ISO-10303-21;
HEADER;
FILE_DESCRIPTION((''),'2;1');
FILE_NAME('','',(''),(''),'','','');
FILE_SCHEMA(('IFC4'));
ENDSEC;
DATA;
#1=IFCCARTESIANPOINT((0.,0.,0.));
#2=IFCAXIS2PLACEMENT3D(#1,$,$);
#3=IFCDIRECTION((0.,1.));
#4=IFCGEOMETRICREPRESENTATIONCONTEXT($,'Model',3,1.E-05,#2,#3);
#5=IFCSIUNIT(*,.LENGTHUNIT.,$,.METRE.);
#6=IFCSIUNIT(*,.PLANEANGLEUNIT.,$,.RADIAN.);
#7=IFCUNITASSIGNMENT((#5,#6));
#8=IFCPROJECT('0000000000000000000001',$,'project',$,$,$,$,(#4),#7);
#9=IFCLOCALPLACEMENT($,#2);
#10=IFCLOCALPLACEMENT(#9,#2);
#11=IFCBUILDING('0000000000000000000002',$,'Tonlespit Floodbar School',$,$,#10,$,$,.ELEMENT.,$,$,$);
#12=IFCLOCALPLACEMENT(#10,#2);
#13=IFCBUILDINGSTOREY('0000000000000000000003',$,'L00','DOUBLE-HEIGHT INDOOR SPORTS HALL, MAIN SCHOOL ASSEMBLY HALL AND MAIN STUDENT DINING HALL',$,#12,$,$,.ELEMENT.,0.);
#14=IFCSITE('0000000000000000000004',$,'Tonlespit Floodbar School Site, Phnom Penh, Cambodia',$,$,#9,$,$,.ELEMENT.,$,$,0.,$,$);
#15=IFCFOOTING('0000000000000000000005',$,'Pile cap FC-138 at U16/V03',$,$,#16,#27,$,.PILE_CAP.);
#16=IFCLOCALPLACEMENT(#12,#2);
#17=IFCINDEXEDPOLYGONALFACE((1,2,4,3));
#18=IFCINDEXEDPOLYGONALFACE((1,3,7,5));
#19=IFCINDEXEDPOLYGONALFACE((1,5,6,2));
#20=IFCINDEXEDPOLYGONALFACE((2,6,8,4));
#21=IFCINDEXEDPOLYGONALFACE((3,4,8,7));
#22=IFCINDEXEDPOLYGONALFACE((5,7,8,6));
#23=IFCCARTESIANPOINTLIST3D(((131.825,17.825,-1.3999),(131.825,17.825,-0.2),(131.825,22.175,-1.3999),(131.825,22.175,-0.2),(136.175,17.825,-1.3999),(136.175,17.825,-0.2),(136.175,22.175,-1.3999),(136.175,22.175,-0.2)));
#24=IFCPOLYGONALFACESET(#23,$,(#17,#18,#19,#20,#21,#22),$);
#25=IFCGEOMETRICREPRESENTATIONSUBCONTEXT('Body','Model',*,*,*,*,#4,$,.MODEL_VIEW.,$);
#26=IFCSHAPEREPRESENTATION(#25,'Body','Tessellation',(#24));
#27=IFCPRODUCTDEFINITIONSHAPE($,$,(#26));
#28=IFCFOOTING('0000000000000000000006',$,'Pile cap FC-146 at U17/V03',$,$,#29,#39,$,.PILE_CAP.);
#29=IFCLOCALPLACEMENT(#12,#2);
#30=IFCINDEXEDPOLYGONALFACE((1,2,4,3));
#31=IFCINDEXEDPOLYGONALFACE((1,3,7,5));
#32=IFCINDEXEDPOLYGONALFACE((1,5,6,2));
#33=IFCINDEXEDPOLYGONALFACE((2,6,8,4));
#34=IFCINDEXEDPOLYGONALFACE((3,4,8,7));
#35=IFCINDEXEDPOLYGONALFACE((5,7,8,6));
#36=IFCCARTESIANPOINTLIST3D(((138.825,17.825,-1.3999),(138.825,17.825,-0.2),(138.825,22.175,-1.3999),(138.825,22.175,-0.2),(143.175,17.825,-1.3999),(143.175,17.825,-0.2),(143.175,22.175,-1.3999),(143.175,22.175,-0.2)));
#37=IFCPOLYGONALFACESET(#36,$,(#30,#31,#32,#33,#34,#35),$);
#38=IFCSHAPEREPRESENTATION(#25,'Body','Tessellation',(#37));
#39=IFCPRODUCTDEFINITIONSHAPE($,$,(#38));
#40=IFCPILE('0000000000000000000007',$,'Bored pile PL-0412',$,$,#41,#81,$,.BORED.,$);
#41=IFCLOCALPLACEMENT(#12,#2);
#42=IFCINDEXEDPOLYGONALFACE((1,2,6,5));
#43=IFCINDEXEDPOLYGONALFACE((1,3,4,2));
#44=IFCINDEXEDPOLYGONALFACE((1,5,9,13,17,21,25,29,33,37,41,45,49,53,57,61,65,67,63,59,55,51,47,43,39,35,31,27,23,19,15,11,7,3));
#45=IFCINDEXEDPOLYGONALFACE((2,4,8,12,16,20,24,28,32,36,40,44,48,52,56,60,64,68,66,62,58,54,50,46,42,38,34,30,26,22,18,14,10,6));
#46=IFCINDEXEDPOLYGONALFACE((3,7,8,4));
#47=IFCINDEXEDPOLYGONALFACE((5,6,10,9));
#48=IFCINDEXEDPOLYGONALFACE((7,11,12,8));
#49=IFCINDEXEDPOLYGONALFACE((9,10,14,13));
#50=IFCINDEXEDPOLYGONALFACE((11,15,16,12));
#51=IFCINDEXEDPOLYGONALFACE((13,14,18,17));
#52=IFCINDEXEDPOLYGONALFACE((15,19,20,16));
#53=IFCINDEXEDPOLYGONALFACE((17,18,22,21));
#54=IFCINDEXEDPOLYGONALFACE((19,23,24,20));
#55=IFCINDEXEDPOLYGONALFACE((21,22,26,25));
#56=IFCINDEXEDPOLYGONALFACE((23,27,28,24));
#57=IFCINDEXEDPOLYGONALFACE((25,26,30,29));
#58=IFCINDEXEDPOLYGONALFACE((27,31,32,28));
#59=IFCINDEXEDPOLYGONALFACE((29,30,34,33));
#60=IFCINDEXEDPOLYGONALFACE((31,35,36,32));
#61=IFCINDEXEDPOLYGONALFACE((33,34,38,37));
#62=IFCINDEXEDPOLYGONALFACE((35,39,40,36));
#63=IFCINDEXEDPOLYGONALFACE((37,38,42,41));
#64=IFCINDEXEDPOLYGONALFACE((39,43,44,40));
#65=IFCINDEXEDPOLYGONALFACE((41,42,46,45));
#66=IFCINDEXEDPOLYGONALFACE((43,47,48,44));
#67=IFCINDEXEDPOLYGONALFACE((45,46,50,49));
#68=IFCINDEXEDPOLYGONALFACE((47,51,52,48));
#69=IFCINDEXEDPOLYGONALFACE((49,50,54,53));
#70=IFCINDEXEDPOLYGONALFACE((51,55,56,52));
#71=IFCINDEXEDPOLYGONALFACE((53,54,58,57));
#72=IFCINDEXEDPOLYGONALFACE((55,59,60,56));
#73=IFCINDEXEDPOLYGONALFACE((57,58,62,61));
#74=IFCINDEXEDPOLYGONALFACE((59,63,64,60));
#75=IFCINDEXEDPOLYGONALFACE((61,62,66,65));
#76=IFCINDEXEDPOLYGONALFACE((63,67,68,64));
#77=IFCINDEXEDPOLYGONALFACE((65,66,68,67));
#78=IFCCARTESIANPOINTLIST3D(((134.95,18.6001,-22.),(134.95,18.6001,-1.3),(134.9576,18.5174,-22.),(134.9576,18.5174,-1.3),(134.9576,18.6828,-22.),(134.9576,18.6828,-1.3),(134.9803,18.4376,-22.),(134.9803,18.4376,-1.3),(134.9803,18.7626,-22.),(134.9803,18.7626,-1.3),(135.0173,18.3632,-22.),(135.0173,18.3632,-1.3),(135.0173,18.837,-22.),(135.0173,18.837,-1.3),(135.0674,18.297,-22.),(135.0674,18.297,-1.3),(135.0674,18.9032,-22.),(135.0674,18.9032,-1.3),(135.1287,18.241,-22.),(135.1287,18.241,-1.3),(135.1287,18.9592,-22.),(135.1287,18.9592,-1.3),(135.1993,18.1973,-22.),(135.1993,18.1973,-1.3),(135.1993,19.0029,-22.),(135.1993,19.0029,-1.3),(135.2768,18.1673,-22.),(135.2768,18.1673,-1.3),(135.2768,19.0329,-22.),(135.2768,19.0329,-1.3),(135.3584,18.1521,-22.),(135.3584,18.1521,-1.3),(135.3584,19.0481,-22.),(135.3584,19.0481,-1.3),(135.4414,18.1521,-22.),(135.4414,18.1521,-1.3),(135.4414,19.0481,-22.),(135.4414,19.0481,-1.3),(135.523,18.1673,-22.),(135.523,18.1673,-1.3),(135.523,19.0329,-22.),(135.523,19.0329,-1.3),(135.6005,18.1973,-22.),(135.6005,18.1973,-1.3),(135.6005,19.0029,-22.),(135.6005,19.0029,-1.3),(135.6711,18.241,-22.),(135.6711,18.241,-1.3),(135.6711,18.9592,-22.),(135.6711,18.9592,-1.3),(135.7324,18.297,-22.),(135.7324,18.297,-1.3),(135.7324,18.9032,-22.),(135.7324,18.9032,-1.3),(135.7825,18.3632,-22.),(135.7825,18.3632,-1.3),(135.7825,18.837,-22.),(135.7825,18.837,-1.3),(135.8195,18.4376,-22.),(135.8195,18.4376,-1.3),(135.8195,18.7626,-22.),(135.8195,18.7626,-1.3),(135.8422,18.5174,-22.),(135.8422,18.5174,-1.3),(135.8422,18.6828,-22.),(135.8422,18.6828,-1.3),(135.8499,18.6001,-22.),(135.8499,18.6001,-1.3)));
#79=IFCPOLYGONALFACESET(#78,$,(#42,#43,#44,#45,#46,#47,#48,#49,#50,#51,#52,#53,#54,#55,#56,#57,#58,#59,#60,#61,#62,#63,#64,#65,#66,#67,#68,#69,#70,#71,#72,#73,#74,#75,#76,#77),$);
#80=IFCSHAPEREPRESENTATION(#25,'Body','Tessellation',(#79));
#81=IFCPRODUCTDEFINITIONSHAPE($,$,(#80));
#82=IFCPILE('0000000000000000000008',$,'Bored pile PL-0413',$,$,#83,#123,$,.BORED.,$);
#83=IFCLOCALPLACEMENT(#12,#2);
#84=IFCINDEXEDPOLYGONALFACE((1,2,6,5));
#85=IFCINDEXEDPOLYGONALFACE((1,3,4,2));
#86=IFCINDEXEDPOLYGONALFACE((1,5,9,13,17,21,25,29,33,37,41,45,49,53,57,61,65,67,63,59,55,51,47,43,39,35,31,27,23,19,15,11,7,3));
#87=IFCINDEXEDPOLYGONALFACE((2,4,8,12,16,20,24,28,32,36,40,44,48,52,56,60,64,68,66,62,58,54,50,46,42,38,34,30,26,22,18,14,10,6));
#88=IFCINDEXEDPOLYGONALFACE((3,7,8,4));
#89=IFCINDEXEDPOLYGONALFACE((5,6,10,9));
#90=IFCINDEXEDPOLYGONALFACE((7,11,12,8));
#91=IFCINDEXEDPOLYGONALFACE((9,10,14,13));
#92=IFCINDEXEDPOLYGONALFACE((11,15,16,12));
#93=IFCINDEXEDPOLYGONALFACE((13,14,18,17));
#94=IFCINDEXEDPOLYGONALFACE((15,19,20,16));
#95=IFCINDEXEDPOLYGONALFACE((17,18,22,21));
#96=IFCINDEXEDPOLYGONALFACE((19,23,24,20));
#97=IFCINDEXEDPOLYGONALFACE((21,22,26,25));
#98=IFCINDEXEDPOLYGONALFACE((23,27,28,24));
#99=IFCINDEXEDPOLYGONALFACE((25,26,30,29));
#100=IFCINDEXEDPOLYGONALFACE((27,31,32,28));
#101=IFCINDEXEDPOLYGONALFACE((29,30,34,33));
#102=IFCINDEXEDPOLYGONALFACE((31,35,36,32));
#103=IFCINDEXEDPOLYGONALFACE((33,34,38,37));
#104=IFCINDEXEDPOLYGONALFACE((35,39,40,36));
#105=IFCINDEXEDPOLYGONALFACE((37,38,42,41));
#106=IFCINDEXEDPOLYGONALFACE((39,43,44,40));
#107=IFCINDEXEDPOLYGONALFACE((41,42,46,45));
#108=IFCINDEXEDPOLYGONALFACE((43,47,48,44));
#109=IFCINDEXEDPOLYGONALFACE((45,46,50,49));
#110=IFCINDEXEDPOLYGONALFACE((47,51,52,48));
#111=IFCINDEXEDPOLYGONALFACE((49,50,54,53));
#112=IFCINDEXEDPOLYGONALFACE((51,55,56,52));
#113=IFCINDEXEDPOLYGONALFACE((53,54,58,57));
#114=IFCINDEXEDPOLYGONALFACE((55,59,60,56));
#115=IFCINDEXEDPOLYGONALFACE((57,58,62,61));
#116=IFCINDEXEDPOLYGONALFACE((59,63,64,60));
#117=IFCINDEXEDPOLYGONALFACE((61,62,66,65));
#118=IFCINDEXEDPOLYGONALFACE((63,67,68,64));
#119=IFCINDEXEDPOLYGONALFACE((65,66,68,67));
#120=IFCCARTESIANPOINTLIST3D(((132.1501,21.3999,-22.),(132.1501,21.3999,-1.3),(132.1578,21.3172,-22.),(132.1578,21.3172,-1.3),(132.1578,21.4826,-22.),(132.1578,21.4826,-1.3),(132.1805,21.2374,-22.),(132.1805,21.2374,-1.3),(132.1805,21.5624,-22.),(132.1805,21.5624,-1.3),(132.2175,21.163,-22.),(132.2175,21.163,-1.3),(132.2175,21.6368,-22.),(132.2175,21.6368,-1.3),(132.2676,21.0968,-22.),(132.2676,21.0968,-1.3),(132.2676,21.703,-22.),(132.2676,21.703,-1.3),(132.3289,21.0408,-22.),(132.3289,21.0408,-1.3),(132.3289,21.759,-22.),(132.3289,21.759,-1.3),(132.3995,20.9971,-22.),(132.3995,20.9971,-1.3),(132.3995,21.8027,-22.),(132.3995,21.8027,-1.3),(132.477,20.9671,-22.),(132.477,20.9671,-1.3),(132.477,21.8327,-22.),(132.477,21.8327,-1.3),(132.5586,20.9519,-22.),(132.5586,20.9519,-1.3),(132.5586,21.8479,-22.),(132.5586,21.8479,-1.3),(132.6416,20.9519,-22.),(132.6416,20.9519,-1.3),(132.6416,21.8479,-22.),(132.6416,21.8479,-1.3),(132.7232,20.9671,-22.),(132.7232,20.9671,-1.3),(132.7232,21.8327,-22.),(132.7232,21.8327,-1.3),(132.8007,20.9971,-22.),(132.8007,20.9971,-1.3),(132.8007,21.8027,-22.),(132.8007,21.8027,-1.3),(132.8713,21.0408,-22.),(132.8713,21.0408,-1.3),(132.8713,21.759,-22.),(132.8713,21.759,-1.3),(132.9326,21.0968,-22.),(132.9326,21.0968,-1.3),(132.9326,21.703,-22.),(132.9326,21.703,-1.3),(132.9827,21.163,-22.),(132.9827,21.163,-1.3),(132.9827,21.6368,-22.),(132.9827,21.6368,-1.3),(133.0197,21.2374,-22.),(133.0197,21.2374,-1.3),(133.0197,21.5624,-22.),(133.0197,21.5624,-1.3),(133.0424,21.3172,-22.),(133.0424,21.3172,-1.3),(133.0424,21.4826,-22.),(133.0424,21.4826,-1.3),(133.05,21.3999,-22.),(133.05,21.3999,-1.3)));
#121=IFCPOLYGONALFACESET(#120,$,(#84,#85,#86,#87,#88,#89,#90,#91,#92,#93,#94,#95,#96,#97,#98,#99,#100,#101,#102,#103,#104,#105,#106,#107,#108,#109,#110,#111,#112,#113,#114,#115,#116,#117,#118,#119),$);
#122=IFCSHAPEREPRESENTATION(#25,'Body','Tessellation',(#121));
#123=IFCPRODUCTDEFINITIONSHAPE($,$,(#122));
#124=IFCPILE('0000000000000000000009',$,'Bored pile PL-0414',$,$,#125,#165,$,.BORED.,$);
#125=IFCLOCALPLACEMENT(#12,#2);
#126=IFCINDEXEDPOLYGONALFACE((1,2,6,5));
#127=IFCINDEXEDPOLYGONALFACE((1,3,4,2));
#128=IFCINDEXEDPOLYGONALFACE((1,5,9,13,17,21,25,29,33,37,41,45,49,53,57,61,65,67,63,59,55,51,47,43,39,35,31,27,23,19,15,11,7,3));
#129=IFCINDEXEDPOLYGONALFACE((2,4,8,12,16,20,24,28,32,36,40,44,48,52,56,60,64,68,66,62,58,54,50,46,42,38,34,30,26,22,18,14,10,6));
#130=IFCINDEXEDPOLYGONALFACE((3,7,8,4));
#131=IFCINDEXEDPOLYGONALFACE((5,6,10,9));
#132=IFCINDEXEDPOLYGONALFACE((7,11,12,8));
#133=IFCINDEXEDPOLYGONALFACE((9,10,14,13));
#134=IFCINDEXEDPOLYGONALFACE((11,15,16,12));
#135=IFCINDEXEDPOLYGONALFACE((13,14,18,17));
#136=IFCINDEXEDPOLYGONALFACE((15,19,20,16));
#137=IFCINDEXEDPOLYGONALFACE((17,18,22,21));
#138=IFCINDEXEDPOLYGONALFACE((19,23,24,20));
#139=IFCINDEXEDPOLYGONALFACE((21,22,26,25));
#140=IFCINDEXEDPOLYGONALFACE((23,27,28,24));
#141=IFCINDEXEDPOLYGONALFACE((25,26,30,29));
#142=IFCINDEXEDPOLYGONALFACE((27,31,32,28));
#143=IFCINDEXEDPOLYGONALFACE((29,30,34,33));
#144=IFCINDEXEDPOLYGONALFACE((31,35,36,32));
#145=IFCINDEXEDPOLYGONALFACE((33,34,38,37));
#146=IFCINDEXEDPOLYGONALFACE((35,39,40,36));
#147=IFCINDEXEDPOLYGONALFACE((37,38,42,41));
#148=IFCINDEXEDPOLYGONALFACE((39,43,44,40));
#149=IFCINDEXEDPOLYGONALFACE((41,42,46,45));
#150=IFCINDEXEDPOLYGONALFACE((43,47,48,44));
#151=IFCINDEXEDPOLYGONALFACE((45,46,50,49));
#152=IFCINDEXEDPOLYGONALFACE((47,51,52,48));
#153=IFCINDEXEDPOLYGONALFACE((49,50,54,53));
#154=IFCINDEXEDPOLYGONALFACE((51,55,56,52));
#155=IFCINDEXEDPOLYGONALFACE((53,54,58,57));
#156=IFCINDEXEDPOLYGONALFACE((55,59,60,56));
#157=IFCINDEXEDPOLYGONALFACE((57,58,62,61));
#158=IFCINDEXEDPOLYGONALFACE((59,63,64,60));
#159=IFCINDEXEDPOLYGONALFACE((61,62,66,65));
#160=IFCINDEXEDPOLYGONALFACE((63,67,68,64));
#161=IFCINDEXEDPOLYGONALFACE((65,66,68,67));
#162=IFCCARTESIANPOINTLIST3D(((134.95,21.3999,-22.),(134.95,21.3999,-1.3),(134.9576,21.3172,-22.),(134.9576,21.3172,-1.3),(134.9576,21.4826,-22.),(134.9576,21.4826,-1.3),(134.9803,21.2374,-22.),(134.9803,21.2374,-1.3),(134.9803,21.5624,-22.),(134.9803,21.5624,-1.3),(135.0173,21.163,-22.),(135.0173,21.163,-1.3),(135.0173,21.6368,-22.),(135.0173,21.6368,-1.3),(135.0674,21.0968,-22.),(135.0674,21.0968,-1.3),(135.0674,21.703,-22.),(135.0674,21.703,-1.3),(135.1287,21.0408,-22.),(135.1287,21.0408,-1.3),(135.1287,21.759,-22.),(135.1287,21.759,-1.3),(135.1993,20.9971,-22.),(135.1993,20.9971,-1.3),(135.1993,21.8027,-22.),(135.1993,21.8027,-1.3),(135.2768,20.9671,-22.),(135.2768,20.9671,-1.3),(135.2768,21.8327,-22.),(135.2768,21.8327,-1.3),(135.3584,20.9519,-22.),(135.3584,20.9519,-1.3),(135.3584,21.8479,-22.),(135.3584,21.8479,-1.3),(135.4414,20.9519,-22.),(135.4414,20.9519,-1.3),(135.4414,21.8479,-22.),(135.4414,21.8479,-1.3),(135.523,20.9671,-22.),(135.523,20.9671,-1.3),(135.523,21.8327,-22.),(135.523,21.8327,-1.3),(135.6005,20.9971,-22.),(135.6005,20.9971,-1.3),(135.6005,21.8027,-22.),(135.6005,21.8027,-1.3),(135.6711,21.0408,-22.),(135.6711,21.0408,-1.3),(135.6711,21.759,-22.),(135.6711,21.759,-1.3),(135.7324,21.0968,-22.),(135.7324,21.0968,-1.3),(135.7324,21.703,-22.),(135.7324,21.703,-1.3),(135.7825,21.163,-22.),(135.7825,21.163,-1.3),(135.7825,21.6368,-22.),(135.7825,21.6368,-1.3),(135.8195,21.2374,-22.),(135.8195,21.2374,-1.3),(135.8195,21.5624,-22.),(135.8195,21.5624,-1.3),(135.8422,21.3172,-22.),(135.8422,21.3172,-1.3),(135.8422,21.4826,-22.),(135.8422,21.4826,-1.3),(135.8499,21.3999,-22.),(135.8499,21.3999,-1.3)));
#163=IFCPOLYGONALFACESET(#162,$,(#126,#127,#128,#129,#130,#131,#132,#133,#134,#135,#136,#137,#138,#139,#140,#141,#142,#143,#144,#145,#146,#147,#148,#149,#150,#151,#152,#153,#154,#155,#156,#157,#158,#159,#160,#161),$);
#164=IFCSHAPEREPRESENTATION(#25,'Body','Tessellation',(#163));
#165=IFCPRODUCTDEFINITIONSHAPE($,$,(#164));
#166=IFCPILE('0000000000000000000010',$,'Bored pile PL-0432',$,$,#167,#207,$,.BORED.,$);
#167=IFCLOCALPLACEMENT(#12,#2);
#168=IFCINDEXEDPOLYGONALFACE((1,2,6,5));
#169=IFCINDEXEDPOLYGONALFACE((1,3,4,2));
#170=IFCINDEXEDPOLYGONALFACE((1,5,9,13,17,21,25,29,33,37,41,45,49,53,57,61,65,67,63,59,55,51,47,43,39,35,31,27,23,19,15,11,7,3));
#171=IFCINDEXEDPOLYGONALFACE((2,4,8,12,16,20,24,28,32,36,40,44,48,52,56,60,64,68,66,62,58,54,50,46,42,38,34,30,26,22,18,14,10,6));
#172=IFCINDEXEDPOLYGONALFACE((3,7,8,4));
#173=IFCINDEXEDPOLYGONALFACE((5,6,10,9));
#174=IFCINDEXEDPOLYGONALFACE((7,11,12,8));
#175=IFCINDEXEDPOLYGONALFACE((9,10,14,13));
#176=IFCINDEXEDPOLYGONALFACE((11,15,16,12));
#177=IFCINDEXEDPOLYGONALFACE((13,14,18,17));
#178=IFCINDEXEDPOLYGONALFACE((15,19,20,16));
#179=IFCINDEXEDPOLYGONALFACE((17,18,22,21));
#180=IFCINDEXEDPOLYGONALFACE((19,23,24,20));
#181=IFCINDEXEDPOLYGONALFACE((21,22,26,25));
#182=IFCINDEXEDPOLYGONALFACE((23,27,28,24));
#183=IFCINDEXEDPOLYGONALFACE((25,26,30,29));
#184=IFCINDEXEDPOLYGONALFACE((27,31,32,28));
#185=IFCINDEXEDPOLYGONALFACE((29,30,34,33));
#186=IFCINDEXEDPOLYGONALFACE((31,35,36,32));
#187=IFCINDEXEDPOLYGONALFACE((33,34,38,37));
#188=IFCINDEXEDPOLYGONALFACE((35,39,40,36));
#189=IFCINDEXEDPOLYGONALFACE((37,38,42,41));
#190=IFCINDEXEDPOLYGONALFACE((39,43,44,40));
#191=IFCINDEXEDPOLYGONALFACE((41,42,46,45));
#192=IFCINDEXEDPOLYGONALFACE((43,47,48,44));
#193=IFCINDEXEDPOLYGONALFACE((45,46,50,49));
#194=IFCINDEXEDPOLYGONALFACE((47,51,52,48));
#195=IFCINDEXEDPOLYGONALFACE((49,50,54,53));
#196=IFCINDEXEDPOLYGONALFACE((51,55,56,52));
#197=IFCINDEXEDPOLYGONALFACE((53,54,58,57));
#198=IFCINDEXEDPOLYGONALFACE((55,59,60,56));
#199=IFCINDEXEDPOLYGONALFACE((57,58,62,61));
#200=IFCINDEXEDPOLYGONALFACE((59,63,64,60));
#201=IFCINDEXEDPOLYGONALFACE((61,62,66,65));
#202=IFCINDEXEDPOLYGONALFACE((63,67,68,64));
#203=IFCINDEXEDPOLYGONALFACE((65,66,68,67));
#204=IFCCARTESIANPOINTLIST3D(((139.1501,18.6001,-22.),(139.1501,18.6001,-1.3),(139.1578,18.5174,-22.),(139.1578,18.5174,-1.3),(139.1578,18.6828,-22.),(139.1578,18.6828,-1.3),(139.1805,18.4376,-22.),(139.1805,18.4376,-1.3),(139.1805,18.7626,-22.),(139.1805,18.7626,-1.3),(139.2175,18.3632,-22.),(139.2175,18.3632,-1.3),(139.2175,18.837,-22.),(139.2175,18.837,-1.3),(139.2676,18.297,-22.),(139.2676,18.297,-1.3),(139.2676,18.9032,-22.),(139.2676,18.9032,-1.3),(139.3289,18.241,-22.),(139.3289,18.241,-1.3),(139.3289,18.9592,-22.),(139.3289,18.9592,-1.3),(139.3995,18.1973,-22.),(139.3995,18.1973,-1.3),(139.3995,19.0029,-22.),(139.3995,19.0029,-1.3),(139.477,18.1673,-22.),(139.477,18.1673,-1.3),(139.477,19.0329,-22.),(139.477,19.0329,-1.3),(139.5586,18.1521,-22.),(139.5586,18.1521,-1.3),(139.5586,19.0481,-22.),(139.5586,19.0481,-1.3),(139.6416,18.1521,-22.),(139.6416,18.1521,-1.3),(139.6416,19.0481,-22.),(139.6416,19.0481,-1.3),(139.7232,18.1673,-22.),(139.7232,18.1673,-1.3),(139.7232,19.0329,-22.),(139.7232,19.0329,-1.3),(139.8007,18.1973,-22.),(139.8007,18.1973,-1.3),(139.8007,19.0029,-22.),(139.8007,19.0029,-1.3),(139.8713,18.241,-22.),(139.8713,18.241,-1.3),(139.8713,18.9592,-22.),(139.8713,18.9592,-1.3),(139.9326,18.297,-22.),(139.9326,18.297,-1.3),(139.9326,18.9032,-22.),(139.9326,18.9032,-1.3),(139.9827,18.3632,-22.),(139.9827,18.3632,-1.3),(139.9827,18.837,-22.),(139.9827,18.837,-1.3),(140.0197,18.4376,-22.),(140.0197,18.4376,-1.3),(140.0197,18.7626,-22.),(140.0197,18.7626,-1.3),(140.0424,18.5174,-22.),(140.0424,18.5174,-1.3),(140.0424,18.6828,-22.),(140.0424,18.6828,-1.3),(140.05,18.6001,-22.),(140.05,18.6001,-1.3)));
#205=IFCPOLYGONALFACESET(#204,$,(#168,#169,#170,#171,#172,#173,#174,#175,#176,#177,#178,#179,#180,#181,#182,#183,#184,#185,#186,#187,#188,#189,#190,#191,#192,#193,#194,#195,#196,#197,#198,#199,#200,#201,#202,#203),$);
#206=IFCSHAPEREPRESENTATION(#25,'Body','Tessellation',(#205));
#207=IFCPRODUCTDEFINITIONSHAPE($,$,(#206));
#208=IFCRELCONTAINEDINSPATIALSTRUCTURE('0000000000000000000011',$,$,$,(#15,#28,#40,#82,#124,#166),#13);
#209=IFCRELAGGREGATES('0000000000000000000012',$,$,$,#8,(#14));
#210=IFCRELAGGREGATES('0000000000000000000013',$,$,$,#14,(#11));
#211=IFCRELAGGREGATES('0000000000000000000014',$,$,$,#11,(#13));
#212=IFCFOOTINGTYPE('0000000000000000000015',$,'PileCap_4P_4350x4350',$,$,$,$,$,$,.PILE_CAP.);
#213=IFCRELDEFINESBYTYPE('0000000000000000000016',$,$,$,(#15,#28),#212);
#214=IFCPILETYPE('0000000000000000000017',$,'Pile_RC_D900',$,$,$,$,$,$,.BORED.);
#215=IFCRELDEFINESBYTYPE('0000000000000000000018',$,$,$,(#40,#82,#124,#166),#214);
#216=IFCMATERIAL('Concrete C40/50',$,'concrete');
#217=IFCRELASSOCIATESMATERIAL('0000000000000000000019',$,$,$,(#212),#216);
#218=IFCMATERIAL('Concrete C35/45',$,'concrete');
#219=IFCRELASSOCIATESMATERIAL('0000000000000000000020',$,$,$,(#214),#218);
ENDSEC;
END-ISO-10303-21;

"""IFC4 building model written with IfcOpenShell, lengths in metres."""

from ifc_helpers import new_model, si_unit, direction, frame, origin, origin_2d, place, context, subcontext, project, spatial, rectangle, circle, extrude, material, material_profile, profile_set, type_object, element, save


model = new_model("IFC4")

# Units and contexts
model_context = context("Model", 3, precision=1e-05, world=origin(), true_north=direction((0.0, 1.0)))
body_context = subcontext(model_context, "Body", "Model", "MODEL_VIEW")
ifc_project = project(units=[si_unit("LENGTHUNIT", "METRE"), si_unit("PLANEANGLEUNIT", "RADIAN")], contexts=[model_context])

# Site, building, storey
site_placement = place(None, origin())
site = spatial("IfcSite", under=ifc_project, at=site_placement, Name="Tonlespit Floodbar School Site, Phnom Penh, Cambodia", CompositionType="ELEMENT", RefElevation=0.0)
building_placement = place(site_placement, origin())
building = spatial("IfcBuilding", under=site, at=building_placement, Name="Tonlespit Floodbar School", CompositionType="ELEMENT")
storey_placement = place(building_placement, origin())
storey = spatial("IfcBuildingStorey", under=building, at=storey_placement, Name="L00", Description="DOUBLE-HEIGHT INDOOR SPORTS HALL, MAIN SCHOOL ASSEMBLY HALL AND MAIN STUDENT DINING HALL", CompositionType="ELEMENT", Elevation=0.0)

# Footings
ifc_material_1 = material(Name="Concrete C40/50", Category="concrete")
footing_type_1 = type_object("IfcFootingType", Name="PileCap_4P_4350x4350", PredefinedType="PILE_CAP", material=ifc_material_1)
for number, where, z_axis, x_axis, name in (
    (1, (134.0, 20.0, -1.3999), (0.0, 0.0, 1.0), (1.0, 0.0, 0.0), "Pile cap FC-138 at U16/V03"),
    (2, (141.0, 20.0, -1.3999), (0.0, 0.0, 1.0), (1.0, 0.0, 0.0), "Pile cap FC-146 at U17/V03"),
):
    element("IfcFooting", number, at=place(storey_placement, frame(where, z_axis=z_axis, x_axis=x_axis)), inside=storey, type_object=footing_type_1, Name=name, PredefinedType="PILE_CAP", context=body_context, shape_type="SweptSolid", body=[
        extrude(rectangle(XDim=4.3501, YDim=4.3501, at=origin_2d()), origin(), (0.0, 0.0, 1.0), 1.2),
    ])

# Piles
ifc_material_2 = material(Name="Concrete C35/45", Category="concrete")
ifc_material_profile_1 = material_profile(ifc_material_2, circle(Radius=0.45, at=origin_2d()), Name="BP D900")
ifc_profile_set_1 = profile_set([ifc_material_profile_1], Name="Concrete C35/45")
pile_type = type_object("IfcPileType", Name="Pile_RC_D900", PredefinedType="BORED", material=ifc_profile_set_1)
for number, where, z_axis, x_axis, name in (
    (3, (135.3999, 18.6001, -1.3), (0.0, 0.0, -1.0), (1.0, 0.0, 0.0), "Bored pile PL-0412"),
    (4, (132.6001, 21.3999, -1.3), (0.0, 0.0, -1.0), (1.0, 0.0, 0.0), "Bored pile PL-0413"),
    (5, (135.3999, 21.3999, -1.3), (0.0, 0.0, -1.0), (1.0, 0.0, 0.0), "Bored pile PL-0414"),
    (6, (139.6001, 18.6001, -1.3), (0.0, 0.0, -1.0), (1.0, 0.0, 0.0), "Bored pile PL-0432"),
):
    element("IfcPile", number, at=place(storey_placement, frame(where, z_axis=z_axis, x_axis=x_axis)), inside=storey, type_object=pile_type, Name=name, PredefinedType="BORED", context=body_context, shape_type="SweptSolid", body=[
        extrude(circle(Radius=0.45, at=origin_2d()), origin(), (0.0, 0.0, 1.0), 20.7),
    ])

save(model, "model.ifc")
